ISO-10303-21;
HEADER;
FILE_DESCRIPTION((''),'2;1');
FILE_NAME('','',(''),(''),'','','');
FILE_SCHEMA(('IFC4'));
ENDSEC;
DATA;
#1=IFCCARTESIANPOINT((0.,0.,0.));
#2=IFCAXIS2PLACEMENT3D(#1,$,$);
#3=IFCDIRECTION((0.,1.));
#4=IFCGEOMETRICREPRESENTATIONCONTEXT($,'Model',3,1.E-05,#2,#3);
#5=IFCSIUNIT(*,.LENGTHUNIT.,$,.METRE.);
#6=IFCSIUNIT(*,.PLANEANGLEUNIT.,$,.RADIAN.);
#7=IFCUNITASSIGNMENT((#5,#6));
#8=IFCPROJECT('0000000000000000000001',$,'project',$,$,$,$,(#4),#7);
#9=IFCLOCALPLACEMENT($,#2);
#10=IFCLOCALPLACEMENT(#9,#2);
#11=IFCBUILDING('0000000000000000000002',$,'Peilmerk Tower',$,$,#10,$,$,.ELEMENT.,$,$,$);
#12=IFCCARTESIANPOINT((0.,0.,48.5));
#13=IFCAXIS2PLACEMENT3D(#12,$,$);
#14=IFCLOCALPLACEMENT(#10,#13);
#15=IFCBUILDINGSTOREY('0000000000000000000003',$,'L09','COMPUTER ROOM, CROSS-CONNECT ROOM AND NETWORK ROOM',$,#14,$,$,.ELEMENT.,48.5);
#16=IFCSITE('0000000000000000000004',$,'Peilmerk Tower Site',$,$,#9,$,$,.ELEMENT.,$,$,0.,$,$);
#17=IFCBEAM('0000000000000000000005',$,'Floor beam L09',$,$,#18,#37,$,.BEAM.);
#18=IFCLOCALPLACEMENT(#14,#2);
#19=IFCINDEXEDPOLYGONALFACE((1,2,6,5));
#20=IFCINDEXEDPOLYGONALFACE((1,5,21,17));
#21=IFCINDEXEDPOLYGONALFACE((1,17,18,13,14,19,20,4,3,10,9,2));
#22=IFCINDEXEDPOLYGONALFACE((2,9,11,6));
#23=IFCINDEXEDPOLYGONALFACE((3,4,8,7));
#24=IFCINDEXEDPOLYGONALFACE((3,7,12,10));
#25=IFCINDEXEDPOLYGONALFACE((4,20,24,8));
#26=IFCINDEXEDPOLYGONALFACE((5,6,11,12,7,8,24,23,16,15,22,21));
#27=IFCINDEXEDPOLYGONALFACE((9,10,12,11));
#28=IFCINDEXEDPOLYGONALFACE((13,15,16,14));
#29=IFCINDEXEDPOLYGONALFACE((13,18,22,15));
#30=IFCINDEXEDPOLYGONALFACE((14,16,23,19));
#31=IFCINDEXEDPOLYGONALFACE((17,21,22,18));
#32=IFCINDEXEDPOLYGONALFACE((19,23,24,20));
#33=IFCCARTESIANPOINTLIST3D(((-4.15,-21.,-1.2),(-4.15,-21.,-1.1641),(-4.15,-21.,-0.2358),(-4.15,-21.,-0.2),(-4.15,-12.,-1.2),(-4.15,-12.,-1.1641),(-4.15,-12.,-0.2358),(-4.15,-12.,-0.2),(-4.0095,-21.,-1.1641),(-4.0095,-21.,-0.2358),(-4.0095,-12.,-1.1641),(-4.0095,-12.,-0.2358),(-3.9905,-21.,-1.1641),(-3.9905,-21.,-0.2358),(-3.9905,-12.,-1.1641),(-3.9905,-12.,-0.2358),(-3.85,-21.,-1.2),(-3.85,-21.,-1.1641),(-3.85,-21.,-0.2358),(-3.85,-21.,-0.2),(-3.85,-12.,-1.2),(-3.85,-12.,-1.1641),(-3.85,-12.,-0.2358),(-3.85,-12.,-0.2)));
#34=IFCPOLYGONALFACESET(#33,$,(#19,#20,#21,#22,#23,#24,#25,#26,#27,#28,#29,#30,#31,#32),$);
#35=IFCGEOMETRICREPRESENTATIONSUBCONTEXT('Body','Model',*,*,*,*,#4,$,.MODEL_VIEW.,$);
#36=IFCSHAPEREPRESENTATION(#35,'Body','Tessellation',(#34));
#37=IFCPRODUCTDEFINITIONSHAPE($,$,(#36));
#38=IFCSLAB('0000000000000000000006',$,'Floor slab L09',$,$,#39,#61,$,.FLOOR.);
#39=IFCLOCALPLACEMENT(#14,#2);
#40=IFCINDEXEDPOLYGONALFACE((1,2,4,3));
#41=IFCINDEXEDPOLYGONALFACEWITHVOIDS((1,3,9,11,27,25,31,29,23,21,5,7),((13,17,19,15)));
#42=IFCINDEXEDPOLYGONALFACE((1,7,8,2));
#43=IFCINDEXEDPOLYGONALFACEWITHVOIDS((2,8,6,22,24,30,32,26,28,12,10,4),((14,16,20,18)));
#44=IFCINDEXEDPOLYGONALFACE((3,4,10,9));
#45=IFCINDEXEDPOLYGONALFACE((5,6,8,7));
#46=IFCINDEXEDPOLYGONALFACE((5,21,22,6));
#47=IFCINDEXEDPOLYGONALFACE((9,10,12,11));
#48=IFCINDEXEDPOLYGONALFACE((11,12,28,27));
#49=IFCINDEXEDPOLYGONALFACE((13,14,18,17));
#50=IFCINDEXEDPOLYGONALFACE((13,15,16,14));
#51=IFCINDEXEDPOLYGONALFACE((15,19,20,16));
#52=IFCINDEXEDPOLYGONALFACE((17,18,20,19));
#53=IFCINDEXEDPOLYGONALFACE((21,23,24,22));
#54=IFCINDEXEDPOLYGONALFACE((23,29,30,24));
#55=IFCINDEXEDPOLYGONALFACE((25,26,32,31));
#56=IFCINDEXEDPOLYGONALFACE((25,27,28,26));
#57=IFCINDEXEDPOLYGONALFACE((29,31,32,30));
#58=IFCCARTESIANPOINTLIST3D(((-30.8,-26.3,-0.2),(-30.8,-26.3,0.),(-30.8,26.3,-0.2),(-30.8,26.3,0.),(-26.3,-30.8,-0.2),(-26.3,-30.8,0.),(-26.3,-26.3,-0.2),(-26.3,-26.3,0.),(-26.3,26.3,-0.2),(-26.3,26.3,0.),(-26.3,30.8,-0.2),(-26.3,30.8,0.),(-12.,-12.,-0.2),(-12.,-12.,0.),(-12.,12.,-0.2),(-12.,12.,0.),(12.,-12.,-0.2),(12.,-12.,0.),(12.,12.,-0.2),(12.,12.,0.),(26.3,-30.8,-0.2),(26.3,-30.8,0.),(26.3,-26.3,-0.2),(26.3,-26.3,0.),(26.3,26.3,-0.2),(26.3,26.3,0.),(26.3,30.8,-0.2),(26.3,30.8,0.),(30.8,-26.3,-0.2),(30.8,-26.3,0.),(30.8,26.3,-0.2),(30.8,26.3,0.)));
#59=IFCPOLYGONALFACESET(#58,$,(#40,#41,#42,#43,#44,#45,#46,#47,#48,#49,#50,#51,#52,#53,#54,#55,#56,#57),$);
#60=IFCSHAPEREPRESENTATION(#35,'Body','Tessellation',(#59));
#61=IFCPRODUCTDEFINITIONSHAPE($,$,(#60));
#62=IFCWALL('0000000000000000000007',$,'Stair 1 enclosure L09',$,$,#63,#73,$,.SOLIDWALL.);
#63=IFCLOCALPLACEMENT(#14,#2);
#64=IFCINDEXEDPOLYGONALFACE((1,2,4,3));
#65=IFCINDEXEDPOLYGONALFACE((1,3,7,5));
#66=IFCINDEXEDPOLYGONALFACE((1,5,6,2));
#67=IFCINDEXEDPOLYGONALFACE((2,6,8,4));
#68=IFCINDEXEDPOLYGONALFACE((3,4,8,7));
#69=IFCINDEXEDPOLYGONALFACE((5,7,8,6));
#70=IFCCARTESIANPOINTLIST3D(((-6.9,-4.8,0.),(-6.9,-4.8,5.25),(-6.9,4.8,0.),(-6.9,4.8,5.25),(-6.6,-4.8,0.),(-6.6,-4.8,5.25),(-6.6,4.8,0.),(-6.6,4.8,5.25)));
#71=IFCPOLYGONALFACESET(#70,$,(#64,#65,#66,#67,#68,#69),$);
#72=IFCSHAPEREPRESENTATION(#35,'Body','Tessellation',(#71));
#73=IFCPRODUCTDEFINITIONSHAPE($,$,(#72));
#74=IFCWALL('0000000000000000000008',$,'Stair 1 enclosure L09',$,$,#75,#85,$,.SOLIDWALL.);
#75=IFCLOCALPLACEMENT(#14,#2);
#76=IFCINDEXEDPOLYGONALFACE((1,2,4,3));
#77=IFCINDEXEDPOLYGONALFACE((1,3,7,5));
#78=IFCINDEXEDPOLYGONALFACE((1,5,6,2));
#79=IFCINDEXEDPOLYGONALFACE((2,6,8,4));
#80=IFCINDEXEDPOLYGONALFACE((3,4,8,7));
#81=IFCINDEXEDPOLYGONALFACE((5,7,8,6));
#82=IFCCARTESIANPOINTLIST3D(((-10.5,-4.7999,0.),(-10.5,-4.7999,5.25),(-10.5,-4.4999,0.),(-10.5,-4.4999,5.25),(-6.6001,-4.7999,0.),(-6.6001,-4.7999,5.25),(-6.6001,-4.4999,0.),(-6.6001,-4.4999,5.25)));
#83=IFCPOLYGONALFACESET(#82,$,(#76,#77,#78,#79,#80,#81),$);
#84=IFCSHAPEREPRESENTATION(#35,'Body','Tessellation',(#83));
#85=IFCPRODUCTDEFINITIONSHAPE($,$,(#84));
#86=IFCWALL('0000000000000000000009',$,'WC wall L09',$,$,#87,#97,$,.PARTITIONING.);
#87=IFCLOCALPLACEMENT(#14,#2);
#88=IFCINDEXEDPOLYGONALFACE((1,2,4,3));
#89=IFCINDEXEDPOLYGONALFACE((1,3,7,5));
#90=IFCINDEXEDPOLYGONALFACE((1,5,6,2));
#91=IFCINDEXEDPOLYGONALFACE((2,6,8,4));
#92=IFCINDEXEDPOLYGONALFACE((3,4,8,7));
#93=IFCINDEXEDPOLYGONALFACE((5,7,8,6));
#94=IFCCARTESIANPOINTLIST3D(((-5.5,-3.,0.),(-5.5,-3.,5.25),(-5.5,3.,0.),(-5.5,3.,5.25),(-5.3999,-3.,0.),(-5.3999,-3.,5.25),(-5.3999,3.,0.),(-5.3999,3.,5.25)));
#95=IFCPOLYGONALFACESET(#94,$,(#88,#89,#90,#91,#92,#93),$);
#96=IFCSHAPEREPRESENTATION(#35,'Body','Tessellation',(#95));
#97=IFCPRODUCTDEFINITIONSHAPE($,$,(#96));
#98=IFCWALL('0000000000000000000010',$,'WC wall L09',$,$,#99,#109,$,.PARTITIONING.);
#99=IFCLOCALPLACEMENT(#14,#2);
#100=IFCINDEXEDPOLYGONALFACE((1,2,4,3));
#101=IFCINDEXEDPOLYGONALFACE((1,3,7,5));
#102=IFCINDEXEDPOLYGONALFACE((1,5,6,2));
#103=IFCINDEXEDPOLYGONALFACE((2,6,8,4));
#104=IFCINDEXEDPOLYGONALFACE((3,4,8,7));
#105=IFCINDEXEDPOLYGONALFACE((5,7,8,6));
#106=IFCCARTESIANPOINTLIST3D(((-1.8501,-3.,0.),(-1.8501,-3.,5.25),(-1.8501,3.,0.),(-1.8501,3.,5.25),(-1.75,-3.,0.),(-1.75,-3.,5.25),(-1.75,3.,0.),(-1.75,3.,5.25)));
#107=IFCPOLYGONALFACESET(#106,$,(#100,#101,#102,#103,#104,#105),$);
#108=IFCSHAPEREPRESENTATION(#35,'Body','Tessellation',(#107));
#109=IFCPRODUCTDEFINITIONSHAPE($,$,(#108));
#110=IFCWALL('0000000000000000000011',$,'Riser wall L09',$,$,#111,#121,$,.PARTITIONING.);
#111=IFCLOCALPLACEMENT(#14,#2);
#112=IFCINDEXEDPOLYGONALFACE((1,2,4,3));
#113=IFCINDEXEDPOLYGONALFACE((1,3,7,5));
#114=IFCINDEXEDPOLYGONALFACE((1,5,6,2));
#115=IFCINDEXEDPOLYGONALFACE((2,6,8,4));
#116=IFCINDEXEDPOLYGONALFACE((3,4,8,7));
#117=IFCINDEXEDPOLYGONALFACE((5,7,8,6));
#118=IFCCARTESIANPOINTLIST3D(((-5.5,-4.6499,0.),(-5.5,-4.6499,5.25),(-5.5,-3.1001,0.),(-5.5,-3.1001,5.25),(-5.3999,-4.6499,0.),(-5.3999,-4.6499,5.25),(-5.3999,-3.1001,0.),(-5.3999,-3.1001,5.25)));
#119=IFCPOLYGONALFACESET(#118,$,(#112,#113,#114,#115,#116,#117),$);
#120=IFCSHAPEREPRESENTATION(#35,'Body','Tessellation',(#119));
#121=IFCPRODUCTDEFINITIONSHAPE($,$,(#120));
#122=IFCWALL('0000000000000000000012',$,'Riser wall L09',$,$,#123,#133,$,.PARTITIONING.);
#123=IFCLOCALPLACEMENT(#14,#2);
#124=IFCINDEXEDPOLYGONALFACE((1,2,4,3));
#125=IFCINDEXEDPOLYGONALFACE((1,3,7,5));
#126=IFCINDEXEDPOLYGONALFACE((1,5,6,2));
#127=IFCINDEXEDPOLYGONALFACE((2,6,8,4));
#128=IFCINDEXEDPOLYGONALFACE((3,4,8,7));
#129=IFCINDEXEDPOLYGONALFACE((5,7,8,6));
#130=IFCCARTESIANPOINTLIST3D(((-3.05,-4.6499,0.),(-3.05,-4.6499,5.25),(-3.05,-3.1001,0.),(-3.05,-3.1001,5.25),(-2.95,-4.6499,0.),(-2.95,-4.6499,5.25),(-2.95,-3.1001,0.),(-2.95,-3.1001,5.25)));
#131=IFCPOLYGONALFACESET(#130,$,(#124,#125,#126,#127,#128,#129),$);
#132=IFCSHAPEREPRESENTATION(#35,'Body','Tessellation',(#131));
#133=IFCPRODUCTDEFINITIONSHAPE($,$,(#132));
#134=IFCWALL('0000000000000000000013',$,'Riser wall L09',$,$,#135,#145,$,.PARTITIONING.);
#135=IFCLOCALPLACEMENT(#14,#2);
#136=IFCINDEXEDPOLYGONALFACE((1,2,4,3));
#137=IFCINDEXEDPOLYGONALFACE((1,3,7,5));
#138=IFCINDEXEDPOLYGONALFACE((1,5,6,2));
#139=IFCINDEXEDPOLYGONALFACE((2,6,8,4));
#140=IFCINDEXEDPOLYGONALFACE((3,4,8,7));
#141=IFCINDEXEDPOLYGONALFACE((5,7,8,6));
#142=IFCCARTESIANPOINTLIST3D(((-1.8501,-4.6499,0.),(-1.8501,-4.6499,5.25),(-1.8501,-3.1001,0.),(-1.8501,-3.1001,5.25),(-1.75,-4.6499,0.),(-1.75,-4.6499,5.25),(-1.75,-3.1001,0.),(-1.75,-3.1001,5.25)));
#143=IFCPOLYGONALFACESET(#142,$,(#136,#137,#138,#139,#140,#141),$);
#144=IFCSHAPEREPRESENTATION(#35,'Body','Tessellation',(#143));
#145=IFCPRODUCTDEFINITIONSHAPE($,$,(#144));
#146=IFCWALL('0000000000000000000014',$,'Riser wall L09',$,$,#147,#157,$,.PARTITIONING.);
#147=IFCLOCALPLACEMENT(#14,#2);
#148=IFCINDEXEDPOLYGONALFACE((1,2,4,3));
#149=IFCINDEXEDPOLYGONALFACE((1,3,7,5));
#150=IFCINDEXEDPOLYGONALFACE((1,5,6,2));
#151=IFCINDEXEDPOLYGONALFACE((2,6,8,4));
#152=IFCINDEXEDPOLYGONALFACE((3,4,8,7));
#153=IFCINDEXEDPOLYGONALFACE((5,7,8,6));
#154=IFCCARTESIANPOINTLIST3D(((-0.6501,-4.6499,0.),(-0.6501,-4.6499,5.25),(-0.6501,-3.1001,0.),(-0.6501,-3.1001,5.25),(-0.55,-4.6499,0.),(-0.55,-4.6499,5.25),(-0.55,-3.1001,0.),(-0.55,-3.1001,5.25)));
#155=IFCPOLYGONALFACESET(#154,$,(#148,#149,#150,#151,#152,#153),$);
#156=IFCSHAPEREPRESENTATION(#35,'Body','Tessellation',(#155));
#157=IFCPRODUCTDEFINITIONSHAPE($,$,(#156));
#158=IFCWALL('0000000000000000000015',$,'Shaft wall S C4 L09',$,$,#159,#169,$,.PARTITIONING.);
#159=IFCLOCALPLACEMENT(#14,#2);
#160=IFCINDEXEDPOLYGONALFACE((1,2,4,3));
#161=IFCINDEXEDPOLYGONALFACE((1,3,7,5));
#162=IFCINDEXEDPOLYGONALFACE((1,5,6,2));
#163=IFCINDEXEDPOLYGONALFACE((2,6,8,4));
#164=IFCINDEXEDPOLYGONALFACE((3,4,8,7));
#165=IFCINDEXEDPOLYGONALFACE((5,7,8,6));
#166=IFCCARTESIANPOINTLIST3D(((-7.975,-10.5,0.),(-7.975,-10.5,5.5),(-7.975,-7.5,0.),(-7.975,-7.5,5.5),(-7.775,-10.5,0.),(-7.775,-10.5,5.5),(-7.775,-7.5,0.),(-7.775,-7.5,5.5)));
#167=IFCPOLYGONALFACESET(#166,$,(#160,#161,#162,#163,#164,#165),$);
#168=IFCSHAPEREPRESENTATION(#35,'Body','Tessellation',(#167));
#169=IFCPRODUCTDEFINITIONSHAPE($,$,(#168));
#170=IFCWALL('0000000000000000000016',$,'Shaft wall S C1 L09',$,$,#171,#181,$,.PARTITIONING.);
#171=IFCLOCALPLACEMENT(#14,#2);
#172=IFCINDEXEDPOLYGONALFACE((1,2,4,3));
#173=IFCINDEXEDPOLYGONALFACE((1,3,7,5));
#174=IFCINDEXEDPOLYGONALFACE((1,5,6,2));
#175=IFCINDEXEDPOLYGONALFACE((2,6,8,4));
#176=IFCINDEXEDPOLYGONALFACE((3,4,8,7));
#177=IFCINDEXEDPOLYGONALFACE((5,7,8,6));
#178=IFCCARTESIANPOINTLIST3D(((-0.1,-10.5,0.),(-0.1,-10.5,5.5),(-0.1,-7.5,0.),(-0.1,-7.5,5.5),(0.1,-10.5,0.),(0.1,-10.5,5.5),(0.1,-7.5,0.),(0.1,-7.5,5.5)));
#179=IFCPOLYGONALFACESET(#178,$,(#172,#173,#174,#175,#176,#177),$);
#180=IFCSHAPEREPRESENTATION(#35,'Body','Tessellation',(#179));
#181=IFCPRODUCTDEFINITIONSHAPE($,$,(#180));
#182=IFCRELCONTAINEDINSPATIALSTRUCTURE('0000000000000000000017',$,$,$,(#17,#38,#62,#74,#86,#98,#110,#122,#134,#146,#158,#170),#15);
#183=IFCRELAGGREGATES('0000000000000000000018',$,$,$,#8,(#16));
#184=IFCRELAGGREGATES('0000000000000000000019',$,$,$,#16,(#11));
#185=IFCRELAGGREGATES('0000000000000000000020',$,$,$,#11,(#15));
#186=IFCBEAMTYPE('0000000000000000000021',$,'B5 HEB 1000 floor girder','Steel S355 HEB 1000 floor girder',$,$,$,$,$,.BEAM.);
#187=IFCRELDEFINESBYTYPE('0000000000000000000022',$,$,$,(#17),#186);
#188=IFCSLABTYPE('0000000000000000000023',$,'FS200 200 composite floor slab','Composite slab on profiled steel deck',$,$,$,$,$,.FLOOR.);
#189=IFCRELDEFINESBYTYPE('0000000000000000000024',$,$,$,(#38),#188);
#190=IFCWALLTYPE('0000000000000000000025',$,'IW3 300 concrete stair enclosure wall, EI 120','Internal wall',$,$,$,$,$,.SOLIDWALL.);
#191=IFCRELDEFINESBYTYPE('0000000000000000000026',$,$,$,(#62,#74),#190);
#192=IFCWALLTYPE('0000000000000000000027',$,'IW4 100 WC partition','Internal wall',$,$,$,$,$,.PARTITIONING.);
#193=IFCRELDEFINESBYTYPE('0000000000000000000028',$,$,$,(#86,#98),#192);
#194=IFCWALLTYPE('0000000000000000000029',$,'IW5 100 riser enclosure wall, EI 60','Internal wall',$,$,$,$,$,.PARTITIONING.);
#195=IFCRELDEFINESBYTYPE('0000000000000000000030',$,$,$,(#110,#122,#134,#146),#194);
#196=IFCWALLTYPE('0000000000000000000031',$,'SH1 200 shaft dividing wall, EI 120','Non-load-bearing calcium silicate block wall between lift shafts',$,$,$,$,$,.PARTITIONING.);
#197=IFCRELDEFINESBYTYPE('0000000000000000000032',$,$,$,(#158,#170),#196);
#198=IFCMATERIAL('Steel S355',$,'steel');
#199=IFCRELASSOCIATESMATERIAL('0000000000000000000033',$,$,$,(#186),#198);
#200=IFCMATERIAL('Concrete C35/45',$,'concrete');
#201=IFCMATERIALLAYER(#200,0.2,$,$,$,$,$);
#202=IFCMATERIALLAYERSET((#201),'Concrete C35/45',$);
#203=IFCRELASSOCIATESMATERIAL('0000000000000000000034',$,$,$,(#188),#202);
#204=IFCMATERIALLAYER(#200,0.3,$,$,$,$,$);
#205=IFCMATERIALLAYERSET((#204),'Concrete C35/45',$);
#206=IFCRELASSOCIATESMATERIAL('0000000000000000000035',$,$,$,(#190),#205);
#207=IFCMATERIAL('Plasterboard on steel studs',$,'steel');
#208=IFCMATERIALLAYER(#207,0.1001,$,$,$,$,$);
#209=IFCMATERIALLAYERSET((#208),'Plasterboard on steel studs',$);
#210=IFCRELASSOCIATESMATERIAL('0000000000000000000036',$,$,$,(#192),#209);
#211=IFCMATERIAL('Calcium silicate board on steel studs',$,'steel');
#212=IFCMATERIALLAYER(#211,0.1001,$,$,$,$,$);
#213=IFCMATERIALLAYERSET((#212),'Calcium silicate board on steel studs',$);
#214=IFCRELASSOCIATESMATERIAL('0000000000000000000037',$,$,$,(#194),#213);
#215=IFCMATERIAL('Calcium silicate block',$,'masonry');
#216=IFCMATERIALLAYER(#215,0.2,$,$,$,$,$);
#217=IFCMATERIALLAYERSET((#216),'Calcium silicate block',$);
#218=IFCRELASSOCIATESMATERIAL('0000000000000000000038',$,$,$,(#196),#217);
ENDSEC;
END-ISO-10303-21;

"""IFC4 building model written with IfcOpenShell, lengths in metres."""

from ifc_helpers import new_model, si_unit, direction, frame, frame_2d, origin, origin_2d, place, context, subcontext, project, spatial, polyline, rectangle, i_section, outline, extrude, material, layer, layer_set, material_profile, profile_set, type_object, element, save


model = new_model("IFC4")

# Units and contexts
model_context = context("Model", 3, precision=1e-05, world=origin(), true_north=direction((0.0, 1.0)))
body_context = subcontext(model_context, "Body", "Model", "MODEL_VIEW")
ifc_project = project(units=[si_unit("LENGTHUNIT", "METRE"), si_unit("PLANEANGLEUNIT", "RADIAN")], contexts=[model_context])

# Site, building, storey
site_placement = place(None, origin())
site = spatial("IfcSite", under=ifc_project, at=site_placement, Name="Peilmerk Tower Site", CompositionType="ELEMENT", RefElevation=0.0)
building_placement = place(site_placement, origin())
building = spatial("IfcBuilding", under=site, at=building_placement, Name="Peilmerk Tower", CompositionType="ELEMENT")
storey_placement = place(building_placement, frame((0.0, 0.0, 48.5)))
storey = spatial("IfcBuildingStorey", under=building, at=storey_placement, Name="L09", Description="COMPUTER ROOM, CROSS-CONNECT ROOM AND NETWORK ROOM", CompositionType="ELEMENT", Elevation=48.5)

# Beam
ifc_material_1 = material(Name="Steel S355", Category="steel")
ifc_material_profile = material_profile(ifc_material_1, i_section(OverallWidth=0.3, OverallDepth=1.0, WebThickness=0.019, FlangeThickness=0.0359, at=origin_2d()), Name="HEB 1000")
ifc_profile_set = profile_set([ifc_material_profile], Name="Steel S355")
beam_type = type_object("IfcBeamType", Name="B5 HEB 1000 floor girder", Description="Steel S355 HEB 1000 floor girder", PredefinedType="BEAM", material=ifc_profile_set)
beam_placement = place(storey_placement, frame((-4.0, -12.0, -0.7), z_axis=(0.0, -1.0, 0.0), x_axis=(1.0, 0.0, 0.0)))
element("IfcBeam", 1, at=beam_placement, inside=storey, type_object=beam_type, Name="Floor beam L09", PredefinedType="BEAM", context=body_context, shape_type="SweptSolid", body=[
    extrude(i_section(OverallWidth=0.3, OverallDepth=1.0, WebThickness=0.019, FlangeThickness=0.0359, at=origin_2d()), origin(), (0.0, 0.0, 1.0), 9.0),
])

# Slab
ifc_material_2 = material(Name="Concrete C35/45", Category="concrete")
ifc_layer_1 = layer(ifc_material_2, 0.2)
ifc_layer_set_1 = layer_set([ifc_layer_1], Name="Concrete C35/45")
slab_type = type_object("IfcSlabType", Name="FS200 200 composite floor slab", Description="Composite slab on profiled steel deck", PredefinedType="FLOOR", material=ifc_layer_set_1)
slab_placement = place(storey_placement, frame((0.0, 0.0, -0.2)))
element("IfcSlab", 2, at=slab_placement, inside=storey, type_object=slab_type, Name="Floor slab L09", PredefinedType="FLOOR", context=body_context, shape_type="SweptSolid", body=[
    extrude(outline(polyline([(-26.3, -30.8), (26.3, -30.8), (26.3, -26.3), (30.8, -26.3), (30.8, 26.3), (26.3, 26.3), (26.3, 30.8), (-26.3, 30.8), (-26.3, 26.3), (-30.8, 26.3), (-30.8, -26.3), (-26.3, -26.3), (-26.3, -30.8)]), holes=[polyline([(12.0, 12.0), (12.0, -12.0), (-12.0, -12.0), (-12.0, 12.0), (12.0, 12.0)])]), origin(), (0.0, 0.0, 1.0), 0.2),
])

# Walls
ifc_layer_2 = layer(ifc_material_2, 0.3)
ifc_layer_set_2 = layer_set([ifc_layer_2], Name="Concrete C35/45")
wall_type_1 = type_object("IfcWallType", Name="IW3 300 concrete stair enclosure wall, EI 120", Description="Internal wall", PredefinedType="SOLIDWALL", material=ifc_layer_set_2)
wall_1_placement = place(storey_placement, frame((-6.75, -4.8, 0.0), z_axis=(0.0, 0.0, 1.0), x_axis=(0.0, 1.0, 0.0)))
element("IfcWall", 3, at=wall_1_placement, inside=storey, type_object=wall_type_1, Name="Stair 1 enclosure L09", PredefinedType="SOLIDWALL", context=body_context, shape_type="SweptSolid", body=[
    extrude(rectangle(XDim=9.6001, YDim=0.3, at=frame_2d((4.8, 0.0))), origin(), (0.0, 0.0, 1.0), 5.25),
])
wall_2_placement = place(storey_placement, frame((-6.6001, -4.6499, 0.0), z_axis=(0.0, 0.0, 1.0), x_axis=(-1.0, 0.0, 0.0)))
element("IfcWall", 4, at=wall_2_placement, inside=storey, type_object=wall_type_1, Name="Stair 1 enclosure L09", PredefinedType="SOLIDWALL", context=body_context, shape_type="SweptSolid", body=[
    extrude(rectangle(XDim=3.8999, YDim=0.3, at=frame_2d((1.95, 0.0))), origin(), (0.0, 0.0, 1.0), 5.25),
])
ifc_material_3 = material(Name="Plasterboard on steel studs", Category="steel")
ifc_layer_3 = layer(ifc_material_3, 0.1001)
ifc_layer_set_3 = layer_set([ifc_layer_3], Name="Plasterboard on steel studs")
wall_type_2 = type_object("IfcWallType", Name="IW4 100 WC partition", Description="Internal wall", PredefinedType="PARTITIONING", material=ifc_layer_set_3)
for number, where, z_axis, x_axis, name in (
    (5, (-5.45, -3.0, 0.0), (0.0, 0.0, 1.0), (0.0, 1.0, 0.0), "WC wall L09"),
    (6, (-1.8, -3.0, 0.0), (0.0, 0.0, 1.0), (0.0, 1.0, 0.0), "WC wall L09"),
):
    element("IfcWall", number, at=place(storey_placement, frame(where, z_axis=z_axis, x_axis=x_axis)), inside=storey, type_object=wall_type_2, Name=name, PredefinedType="PARTITIONING", context=body_context, shape_type="SweptSolid", body=[
        extrude(rectangle(XDim=6.0, YDim=0.1001, at=frame_2d((3.0, 0.0))), origin(), (0.0, 0.0, 1.0), 5.25),
    ])
ifc_material_4 = material(Name="Calcium silicate board on steel studs", Category="steel")
ifc_layer_4 = layer(ifc_material_4, 0.1001)
ifc_layer_set_4 = layer_set([ifc_layer_4], Name="Calcium silicate board on steel studs")
wall_type_3 = type_object("IfcWallType", Name="IW5 100 riser enclosure wall, EI 60", Description="Internal wall", PredefinedType="PARTITIONING", material=ifc_layer_set_4)
for number, where, z_axis, x_axis, name in (
    (7, (-5.45, -3.1001, 0.0), (0.0, 0.0, 1.0), (0.0, -1.0, 0.0), "Riser wall L09"),
    (8, (-3.0, -3.1001, 0.0), (0.0, 0.0, 1.0), (0.0, -1.0, 0.0), "Riser wall L09"),
    (9, (-1.8, -3.1001, 0.0), (0.0, 0.0, 1.0), (0.0, -1.0, 0.0), "Riser wall L09"),
    (10, (-0.6001, -3.1001, 0.0), (0.0, 0.0, 1.0), (0.0, -1.0, 0.0), "Riser wall L09"),
):
    element("IfcWall", number, at=place(storey_placement, frame(where, z_axis=z_axis, x_axis=x_axis)), inside=storey, type_object=wall_type_3, Name=name, PredefinedType="PARTITIONING", context=body_context, shape_type="SweptSolid", body=[
        extrude(rectangle(XDim=1.5498, YDim=0.1001, at=frame_2d((0.7749, 0.0))), origin(), (0.0, 0.0, 1.0), 5.25),
    ])
ifc_material_5 = material(Name="Calcium silicate block", Category="masonry")
ifc_layer_5 = layer(ifc_material_5, 0.2)
ifc_layer_set_5 = layer_set([ifc_layer_5], Name="Calcium silicate block")
wall_type_4 = type_object("IfcWallType", Name="SH1 200 shaft dividing wall, EI 120", Description="Non-load-bearing calcium silicate block wall between lift shafts", PredefinedType="PARTITIONING", material=ifc_layer_set_5)
for number, where, z_axis, x_axis, name in (
    (11, (-7.875, -10.5, 0.0), (0.0, 0.0, 1.0), (0.0, 1.0, 0.0), "Shaft wall S C4 L09"),
    (12, (0.0, -10.5, 0.0), (0.0, 0.0, 1.0), (0.0, 1.0, 0.0), "Shaft wall S C1 L09"),
):
    element("IfcWall", number, at=place(storey_placement, frame(where, z_axis=z_axis, x_axis=x_axis)), inside=storey, type_object=wall_type_4, Name=name, PredefinedType="PARTITIONING", context=body_context, shape_type="SweptSolid", body=[
        extrude(rectangle(XDim=3.0, YDim=0.2, at=frame_2d((1.5, 0.0))), origin(), (0.0, 0.0, 1.0), 5.5),
    ])

save(model, "model.ifc")
